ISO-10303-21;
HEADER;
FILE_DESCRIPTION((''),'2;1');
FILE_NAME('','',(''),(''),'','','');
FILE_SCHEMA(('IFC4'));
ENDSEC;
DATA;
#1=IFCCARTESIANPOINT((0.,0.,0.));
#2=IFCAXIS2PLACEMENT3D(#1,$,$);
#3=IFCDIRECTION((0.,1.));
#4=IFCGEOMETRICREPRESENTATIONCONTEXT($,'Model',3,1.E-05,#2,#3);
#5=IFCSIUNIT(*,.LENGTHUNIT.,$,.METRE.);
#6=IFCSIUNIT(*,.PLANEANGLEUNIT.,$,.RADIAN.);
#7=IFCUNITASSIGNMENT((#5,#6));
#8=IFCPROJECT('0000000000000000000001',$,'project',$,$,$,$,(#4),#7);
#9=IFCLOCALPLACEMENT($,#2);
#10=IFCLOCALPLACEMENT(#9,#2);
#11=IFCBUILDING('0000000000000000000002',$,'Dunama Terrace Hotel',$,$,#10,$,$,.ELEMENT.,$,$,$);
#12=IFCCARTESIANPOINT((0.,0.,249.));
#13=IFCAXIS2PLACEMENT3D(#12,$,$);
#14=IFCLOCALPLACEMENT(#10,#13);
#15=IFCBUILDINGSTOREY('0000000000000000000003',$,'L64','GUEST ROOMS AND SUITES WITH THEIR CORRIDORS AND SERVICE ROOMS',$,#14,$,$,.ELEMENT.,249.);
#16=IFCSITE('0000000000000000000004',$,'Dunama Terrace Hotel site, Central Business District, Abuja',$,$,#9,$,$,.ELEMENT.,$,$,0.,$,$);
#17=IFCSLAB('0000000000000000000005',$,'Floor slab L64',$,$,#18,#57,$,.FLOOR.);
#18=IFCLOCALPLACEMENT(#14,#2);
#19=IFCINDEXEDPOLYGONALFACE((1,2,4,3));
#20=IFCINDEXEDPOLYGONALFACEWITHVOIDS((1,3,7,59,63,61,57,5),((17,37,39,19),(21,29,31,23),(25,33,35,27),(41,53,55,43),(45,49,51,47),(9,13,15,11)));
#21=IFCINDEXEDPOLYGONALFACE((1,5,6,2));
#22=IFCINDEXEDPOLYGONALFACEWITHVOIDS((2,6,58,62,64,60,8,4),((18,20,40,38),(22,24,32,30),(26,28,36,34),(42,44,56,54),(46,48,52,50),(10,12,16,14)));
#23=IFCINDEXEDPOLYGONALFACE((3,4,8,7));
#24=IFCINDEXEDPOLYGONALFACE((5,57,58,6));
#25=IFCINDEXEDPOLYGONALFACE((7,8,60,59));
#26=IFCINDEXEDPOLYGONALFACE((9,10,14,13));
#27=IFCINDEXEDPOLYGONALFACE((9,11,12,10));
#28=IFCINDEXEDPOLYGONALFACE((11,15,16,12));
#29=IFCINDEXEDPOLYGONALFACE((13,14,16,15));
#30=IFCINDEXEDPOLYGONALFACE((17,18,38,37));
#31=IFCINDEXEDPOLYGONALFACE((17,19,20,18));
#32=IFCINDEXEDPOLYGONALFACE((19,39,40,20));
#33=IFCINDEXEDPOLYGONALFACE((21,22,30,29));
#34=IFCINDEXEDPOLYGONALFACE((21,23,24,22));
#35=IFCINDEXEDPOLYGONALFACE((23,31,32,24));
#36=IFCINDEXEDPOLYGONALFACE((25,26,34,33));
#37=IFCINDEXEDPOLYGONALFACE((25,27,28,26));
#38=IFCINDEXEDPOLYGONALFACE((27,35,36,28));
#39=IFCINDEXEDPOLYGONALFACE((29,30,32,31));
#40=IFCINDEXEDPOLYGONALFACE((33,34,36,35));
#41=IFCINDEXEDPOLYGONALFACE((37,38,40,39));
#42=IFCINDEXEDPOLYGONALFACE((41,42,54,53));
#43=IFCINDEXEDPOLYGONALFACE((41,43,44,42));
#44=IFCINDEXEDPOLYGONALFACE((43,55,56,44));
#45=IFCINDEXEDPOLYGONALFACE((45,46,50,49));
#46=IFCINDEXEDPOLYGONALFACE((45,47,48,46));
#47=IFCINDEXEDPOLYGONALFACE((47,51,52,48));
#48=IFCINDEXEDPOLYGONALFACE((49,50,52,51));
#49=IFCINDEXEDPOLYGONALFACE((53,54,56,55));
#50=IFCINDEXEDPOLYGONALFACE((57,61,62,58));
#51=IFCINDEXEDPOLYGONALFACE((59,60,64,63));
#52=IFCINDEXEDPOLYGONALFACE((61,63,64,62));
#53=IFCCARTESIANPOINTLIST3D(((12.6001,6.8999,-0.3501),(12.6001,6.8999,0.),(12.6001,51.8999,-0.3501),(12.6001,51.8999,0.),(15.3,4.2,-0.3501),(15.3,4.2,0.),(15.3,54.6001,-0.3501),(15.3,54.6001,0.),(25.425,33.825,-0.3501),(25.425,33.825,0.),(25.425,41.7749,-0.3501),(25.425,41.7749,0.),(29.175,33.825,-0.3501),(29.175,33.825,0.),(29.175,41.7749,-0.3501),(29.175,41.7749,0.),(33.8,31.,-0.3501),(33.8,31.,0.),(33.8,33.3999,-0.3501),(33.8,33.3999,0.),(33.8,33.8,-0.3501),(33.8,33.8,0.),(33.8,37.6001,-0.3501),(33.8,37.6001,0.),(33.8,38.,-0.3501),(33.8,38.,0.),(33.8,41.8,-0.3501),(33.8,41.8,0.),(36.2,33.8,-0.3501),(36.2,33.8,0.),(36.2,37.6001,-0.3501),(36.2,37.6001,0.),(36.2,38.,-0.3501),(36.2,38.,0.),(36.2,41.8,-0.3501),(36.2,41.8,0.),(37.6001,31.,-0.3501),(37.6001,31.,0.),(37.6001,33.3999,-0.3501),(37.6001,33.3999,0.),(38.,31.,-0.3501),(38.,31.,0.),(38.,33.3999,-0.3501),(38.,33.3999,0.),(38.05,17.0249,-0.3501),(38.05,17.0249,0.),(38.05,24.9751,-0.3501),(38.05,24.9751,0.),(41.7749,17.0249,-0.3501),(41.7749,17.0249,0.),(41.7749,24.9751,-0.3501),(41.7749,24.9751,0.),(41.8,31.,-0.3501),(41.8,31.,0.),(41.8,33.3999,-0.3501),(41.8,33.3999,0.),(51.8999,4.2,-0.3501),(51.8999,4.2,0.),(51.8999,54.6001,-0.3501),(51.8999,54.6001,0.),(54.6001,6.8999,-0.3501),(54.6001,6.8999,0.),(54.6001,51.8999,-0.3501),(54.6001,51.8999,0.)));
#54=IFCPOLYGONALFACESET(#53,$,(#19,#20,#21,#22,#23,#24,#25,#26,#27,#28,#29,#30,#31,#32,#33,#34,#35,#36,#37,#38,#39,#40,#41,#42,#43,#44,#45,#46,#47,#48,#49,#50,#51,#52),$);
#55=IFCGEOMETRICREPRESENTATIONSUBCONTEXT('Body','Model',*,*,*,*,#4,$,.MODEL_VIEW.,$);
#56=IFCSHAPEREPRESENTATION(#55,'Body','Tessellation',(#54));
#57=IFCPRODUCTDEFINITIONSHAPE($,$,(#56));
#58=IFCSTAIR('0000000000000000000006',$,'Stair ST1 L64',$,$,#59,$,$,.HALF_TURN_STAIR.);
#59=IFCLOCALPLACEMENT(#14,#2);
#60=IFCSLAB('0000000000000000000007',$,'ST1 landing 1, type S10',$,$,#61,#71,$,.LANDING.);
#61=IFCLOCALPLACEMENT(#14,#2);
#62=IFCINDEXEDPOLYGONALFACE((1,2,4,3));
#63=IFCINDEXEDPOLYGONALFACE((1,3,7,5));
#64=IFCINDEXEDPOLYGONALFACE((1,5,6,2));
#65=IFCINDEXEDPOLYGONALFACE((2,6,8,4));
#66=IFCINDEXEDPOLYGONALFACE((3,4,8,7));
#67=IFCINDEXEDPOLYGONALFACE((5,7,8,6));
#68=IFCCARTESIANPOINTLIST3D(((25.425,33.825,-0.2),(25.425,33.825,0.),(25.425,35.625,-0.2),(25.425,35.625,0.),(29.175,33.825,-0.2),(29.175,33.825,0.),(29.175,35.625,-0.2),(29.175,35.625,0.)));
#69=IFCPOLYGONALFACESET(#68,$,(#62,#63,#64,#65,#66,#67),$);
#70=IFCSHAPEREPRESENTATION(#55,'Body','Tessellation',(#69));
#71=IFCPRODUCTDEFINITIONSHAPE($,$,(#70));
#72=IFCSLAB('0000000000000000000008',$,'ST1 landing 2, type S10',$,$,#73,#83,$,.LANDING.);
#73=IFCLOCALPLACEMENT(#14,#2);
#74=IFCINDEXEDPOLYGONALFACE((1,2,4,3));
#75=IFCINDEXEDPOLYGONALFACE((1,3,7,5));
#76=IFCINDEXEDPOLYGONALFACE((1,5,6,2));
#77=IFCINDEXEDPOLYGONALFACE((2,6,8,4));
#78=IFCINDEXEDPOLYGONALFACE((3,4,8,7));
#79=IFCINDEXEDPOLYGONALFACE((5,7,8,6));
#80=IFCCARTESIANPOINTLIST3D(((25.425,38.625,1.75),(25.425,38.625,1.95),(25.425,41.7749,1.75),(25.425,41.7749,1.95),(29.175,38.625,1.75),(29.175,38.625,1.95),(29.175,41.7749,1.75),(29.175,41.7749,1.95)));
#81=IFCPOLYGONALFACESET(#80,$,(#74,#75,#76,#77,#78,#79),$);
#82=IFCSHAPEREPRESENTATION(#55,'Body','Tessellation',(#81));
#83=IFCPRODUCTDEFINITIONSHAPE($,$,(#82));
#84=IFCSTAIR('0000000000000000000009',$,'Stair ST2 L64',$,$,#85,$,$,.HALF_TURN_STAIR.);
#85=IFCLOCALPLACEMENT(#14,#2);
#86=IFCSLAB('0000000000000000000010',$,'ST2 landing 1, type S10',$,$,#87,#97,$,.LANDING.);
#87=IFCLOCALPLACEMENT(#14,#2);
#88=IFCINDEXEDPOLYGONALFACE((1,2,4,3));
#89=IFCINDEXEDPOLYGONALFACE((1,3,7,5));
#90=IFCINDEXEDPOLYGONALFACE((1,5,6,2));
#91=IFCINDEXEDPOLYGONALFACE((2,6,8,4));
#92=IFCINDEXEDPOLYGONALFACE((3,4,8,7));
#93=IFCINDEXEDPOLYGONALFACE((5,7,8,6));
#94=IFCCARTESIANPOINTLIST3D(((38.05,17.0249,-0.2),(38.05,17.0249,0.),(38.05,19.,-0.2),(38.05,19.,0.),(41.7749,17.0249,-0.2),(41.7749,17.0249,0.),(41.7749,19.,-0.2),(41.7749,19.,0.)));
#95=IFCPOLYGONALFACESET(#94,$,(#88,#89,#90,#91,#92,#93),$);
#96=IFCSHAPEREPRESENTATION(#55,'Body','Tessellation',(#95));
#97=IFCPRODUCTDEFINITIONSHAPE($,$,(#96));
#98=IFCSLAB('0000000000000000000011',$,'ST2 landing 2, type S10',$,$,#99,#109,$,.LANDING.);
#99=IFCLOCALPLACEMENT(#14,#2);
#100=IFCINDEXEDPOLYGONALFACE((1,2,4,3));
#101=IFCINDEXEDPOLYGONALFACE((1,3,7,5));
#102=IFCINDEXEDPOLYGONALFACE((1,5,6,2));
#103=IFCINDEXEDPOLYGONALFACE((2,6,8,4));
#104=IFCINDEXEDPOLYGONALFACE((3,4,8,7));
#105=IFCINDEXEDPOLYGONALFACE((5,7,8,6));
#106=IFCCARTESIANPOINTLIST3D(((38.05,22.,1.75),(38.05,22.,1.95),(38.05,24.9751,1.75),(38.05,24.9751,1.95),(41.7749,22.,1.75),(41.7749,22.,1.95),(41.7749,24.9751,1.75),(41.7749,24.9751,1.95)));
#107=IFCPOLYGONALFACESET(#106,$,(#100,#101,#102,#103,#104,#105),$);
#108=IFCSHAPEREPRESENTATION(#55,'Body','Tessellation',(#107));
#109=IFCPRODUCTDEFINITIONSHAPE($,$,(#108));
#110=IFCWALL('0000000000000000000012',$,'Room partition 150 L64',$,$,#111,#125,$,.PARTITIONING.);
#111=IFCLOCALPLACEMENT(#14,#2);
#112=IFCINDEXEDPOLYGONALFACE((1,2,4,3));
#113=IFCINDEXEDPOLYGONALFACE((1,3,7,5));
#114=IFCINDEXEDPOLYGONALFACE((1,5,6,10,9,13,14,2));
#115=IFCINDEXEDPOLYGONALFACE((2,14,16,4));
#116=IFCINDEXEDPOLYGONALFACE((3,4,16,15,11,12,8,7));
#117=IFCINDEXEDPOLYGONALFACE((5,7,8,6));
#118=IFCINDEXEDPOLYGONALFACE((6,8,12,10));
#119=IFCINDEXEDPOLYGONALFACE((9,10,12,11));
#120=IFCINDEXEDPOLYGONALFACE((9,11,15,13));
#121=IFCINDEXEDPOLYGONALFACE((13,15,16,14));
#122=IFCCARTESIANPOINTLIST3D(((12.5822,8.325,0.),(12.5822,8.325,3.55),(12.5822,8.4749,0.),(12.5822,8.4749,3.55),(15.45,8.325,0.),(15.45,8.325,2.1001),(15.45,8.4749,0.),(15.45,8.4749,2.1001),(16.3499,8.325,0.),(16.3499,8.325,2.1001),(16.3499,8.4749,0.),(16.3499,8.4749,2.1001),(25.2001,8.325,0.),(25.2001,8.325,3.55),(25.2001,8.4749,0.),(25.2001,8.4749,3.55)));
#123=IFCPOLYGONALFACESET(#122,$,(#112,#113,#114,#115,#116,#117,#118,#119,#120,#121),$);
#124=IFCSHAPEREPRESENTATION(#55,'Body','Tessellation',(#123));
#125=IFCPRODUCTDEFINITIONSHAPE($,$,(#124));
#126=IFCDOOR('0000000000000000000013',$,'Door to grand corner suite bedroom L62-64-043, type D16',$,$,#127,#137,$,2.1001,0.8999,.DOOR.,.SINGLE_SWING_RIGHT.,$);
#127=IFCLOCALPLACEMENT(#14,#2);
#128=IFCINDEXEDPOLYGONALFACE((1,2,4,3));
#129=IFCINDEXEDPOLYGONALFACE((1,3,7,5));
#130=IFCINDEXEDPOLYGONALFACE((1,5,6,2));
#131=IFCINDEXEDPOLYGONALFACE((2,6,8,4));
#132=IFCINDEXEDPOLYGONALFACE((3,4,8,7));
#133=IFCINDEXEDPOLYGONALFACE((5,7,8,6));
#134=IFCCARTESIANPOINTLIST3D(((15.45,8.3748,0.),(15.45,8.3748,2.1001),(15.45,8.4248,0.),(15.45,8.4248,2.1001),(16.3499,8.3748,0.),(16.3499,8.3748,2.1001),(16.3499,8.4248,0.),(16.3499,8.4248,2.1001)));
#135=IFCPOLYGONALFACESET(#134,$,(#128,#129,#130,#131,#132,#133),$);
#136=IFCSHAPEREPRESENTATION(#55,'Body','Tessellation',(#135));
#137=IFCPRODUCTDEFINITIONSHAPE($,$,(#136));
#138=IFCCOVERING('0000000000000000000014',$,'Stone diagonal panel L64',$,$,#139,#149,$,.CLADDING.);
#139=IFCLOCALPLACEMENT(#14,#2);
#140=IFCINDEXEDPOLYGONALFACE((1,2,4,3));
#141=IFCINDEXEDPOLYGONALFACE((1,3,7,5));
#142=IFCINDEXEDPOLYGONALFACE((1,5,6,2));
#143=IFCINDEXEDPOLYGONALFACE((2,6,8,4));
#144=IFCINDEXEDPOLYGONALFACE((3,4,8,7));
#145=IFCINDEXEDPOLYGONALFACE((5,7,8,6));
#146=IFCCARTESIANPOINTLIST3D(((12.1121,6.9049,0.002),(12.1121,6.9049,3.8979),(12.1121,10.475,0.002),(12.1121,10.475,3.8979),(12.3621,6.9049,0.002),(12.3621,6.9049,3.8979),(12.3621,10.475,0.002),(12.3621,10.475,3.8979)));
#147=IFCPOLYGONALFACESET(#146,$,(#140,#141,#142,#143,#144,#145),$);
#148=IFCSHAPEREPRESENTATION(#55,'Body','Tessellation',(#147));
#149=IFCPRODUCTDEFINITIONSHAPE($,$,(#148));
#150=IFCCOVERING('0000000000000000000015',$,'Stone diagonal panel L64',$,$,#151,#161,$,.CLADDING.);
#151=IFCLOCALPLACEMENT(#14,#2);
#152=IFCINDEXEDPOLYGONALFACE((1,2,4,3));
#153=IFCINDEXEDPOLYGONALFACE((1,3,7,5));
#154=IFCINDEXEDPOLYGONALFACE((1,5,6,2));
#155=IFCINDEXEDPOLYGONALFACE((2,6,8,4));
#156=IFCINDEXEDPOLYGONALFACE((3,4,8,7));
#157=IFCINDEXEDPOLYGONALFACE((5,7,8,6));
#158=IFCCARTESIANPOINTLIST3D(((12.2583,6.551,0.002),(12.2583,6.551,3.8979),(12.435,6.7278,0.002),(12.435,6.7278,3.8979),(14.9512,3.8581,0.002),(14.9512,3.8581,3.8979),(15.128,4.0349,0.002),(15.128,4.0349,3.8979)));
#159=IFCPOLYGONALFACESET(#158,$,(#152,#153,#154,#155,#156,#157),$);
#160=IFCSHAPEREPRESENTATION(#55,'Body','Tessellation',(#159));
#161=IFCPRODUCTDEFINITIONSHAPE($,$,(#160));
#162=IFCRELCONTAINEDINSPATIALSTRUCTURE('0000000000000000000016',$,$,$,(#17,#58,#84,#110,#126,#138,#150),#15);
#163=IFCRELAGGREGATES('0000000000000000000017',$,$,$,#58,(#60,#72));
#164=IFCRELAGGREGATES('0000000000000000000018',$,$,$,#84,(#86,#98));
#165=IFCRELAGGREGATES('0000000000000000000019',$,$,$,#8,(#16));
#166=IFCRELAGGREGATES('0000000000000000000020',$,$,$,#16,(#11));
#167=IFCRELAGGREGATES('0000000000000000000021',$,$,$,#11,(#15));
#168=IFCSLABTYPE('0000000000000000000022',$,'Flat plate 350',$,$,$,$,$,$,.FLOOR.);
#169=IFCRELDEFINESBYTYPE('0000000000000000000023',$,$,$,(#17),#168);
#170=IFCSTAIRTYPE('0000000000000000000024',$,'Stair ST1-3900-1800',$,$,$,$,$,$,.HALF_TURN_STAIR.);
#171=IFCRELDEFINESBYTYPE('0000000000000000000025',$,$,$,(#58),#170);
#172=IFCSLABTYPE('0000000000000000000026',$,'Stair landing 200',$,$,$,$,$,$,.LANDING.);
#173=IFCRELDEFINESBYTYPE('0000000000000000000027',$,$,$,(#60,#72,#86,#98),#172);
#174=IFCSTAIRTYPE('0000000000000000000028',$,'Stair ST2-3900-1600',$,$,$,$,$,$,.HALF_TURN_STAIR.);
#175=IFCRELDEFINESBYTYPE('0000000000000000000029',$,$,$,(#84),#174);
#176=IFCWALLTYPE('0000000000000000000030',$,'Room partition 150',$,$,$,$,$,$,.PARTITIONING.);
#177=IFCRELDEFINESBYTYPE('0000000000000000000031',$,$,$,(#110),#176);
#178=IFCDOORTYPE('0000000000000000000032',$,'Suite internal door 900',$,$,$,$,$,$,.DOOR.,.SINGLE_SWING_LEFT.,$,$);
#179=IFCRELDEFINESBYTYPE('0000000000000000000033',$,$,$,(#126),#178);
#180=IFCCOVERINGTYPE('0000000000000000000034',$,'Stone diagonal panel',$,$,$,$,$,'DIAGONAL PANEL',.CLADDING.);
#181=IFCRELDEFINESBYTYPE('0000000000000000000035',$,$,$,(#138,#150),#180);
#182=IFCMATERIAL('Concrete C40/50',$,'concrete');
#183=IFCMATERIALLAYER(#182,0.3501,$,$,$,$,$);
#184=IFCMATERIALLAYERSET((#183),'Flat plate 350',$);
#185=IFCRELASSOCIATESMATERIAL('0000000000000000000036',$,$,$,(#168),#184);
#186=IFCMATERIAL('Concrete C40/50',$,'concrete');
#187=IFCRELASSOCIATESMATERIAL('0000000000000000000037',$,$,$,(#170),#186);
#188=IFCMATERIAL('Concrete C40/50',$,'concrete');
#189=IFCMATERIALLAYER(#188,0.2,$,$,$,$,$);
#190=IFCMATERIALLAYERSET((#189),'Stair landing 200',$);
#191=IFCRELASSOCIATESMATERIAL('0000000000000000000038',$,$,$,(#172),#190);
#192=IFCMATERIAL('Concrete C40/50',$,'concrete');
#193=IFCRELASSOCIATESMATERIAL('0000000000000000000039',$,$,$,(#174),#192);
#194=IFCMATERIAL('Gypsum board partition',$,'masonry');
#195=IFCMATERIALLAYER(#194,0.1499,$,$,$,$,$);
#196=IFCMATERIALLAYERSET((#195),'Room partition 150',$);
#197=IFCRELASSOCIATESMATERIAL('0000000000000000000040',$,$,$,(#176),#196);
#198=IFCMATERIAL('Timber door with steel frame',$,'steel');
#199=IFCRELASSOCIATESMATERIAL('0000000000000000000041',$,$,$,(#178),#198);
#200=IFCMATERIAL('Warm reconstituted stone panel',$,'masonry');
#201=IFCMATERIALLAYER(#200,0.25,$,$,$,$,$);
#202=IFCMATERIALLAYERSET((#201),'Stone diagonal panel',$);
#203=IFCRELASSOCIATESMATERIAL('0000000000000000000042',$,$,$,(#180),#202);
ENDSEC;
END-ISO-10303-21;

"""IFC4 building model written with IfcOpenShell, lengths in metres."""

from ifc_helpers import new_model, si_unit, direction, frame, frame_2d, origin, origin_2d, place, context, subcontext, project, spatial, polyline, rectangle, outline, extrude, material, layer, layer_set, type_object, element, fill, aggregate, save


model = new_model("IFC4")

# Units and contexts
model_context = context("Model", 3, precision=1e-05, world=origin(), true_north=direction((0.0, 1.0)))
body_context = subcontext(model_context, "Body", "Model", "MODEL_VIEW")
ifc_project = project(units=[si_unit("LENGTHUNIT", "METRE"), si_unit("PLANEANGLEUNIT", "RADIAN")], contexts=[model_context])

# Site, building, storey
site_placement = place(None, origin())
site = spatial("IfcSite", under=ifc_project, at=site_placement, Name="Dunama Terrace Hotel site, Central Business District, Abuja", CompositionType="ELEMENT", RefElevation=0.0)
building_placement = place(site_placement, origin())
building = spatial("IfcBuilding", under=site, at=building_placement, Name="Dunama Terrace Hotel", CompositionType="ELEMENT")
storey_placement = place(building_placement, frame((0.0, 0.0, 249.0)))
storey = spatial("IfcBuildingStorey", under=building, at=storey_placement, Name="L64", Description="GUEST ROOMS AND SUITES WITH THEIR CORRIDORS AND SERVICE ROOMS", CompositionType="ELEMENT", Elevation=249.0)

# Slab
ifc_material_1 = material(Name="Concrete C40/50", Category="concrete")
ifc_layer_1 = layer(ifc_material_1, 0.3501)
ifc_layer_set_1 = layer_set([ifc_layer_1], Name="Flat plate 350")
slab_type_1 = type_object("IfcSlabType", Name="Flat plate 350", PredefinedType="FLOOR", material=ifc_layer_set_1)
slab_1_placement = place(storey_placement, frame((0.0, 0.0, -0.3501)))
element("IfcSlab", 1, at=slab_1_placement, inside=storey, type_object=slab_type_1, Name="Floor slab L64", PredefinedType="FLOOR", context=body_context, shape_type="SweptSolid", body=[
    extrude(outline(polyline([(15.3, 4.2), (51.8999, 4.2), (54.6001, 6.8999), (54.6001, 51.8999), (51.8999, 54.6001), (15.3, 54.6001), (12.6001, 51.8999), (12.6001, 6.8999), (15.3, 4.2)]), holes=[polyline([(37.6001, 31.0), (37.6001, 33.3999), (33.8, 33.3999), (33.8, 31.0), (37.6001, 31.0)]), polyline([(41.8, 31.0), (41.8, 33.3999), (38.0, 33.3999), (38.0, 31.0), (41.8, 31.0)]), polyline([(36.2, 38.0), (36.2, 41.8), (33.8, 41.8), (33.8, 38.0), (36.2, 38.0)]), polyline([(36.2, 33.8), (36.2, 37.6001), (33.8, 37.6001), (33.8, 33.8), (36.2, 33.8)]), polyline([(29.175, 33.825), (29.175, 41.7749), (25.425, 41.7749), (25.425, 33.825), (29.175, 33.825)]), polyline([(41.7749, 17.0249), (41.7749, 24.9751), (38.05, 24.9751), (38.05, 17.0249), (41.7749, 17.0249)])]), origin(), (0.0, 0.0, 1.0), 0.3501),
])

# Stairs, slabs
ifc_material_2 = material(Name="Concrete C40/50", Category="concrete")
stair_type_1 = type_object("IfcStairType", Name="Stair ST1-3900-1800", PredefinedType="HALF_TURN_STAIR", material=ifc_material_2)
stair_1_placement = place(storey_placement, origin())
stair_1 = element("IfcStair", 2, at=stair_1_placement, inside=storey, type_object=stair_type_1, Name="Stair ST1 L64", PredefinedType="HALF_TURN_STAIR")
ifc_material_3 = material(Name="Concrete C40/50", Category="concrete")
ifc_layer_2 = layer(ifc_material_3, 0.2)
ifc_layer_set_2 = layer_set([ifc_layer_2], Name="Stair landing 200")
slab_type_2 = type_object("IfcSlabType", Name="Stair landing 200", PredefinedType="LANDING", material=ifc_layer_set_2)
slab_2_placement = place(storey_placement, frame((0.0, 0.0, -0.2)))
slab_2 = element("IfcSlab", 3, at=slab_2_placement, type_object=slab_type_2, Name="ST1 landing 1, type S10", PredefinedType="LANDING", context=body_context, shape_type="SweptSolid", body=[
    extrude(outline(polyline([(25.425, 33.825), (29.175, 33.825), (29.175, 35.625), (25.425, 35.625), (25.425, 33.825)])), origin(), (0.0, 0.0, 1.0), 0.2),
])
slab_3_placement = place(storey_placement, frame((0.0, 0.0, 1.75)))
slab_3 = element("IfcSlab", 4, at=slab_3_placement, type_object=slab_type_2, Name="ST1 landing 2, type S10", PredefinedType="LANDING", context=body_context, shape_type="SweptSolid", body=[
    extrude(outline(polyline([(25.425, 38.625), (29.175, 38.625), (29.175, 41.7749), (25.425, 41.7749), (25.425, 38.625)])), origin(), (0.0, 0.0, 1.0), 0.2),
])
aggregate(stair_1, [slab_2, slab_3])
ifc_material_4 = material(Name="Concrete C40/50", Category="concrete")
stair_type_2 = type_object("IfcStairType", Name="Stair ST2-3900-1600", PredefinedType="HALF_TURN_STAIR", material=ifc_material_4)
stair_2_placement = place(storey_placement, origin())
stair_2 = element("IfcStair", 5, at=stair_2_placement, inside=storey, type_object=stair_type_2, Name="Stair ST2 L64", PredefinedType="HALF_TURN_STAIR")
slab_4_placement = place(storey_placement, frame((0.0, 0.0, -0.2)))
slab_4 = element("IfcSlab", 6, at=slab_4_placement, type_object=slab_type_2, Name="ST2 landing 1, type S10", PredefinedType="LANDING", context=body_context, shape_type="SweptSolid", body=[
    extrude(outline(polyline([(38.05, 17.0249), (41.7749, 17.0249), (41.7749, 19.0), (38.05, 19.0), (38.05, 17.0249)])), origin(), (0.0, 0.0, 1.0), 0.2),
])
slab_5_placement = place(storey_placement, frame((0.0, 0.0, 1.75)))
slab_5 = element("IfcSlab", 7, at=slab_5_placement, type_object=slab_type_2, Name="ST2 landing 2, type S10", PredefinedType="LANDING", context=body_context, shape_type="SweptSolid", body=[
    extrude(outline(polyline([(38.05, 22.0), (41.7749, 22.0), (41.7749, 24.9751), (38.05, 24.9751), (38.05, 22.0)])), origin(), (0.0, 0.0, 1.0), 0.2),
])
aggregate(stair_2, [slab_4, slab_5])

# Wall, opening, door
ifc_material_5 = material(Name="Gypsum board partition", Category="masonry")
ifc_layer_3 = layer(ifc_material_5, 0.1499)
ifc_layer_set_3 = layer_set([ifc_layer_3], Name="Room partition 150")
wall_type = type_object("IfcWallType", Name="Room partition 150", PredefinedType="PARTITIONING", material=ifc_layer_set_3)
wall_placement = place(storey_placement, frame((12.582, 8.3999, 0.0), z_axis=(0.0, 0.0, 1.0), x_axis=(1.0, 0.0, 0.0)))
wall = element("IfcWall", 8, at=wall_placement, inside=storey, type_object=wall_type, Name="Room partition 150 L64", PredefinedType="PARTITIONING", context=body_context, shape_type="SweptSolid", body=[
    extrude(rectangle(XDim=12.6179, YDim=0.1499, at=frame_2d((6.3091, 0.0))), origin(), (0.0, 0.0, 1.0), 3.55),
])
opening_placement = place(wall_placement, frame((2.8679, 0.0, 0.0)))
opening = element("IfcOpeningElement", 9, at=opening_placement, cuts=wall, PredefinedType="OPENING", context=body_context, shape_type="SweptSolid", body=[
    extrude(rectangle(XDim=0.8999, YDim=2.1001, at=frame_2d((0.45, 1.05))), frame((0.0, 0.085, 0.0), z_axis=(0.0, -1.0, 0.0), x_axis=(1.0, 0.0, 0.0)), (0.0, 0.0, 1.0), 0.1699),
])
ifc_material_6 = material(Name="Timber door with steel frame", Category="steel")
door_type = type_object("IfcDoorType", Name="Suite internal door 900", OperationType="SINGLE_SWING_LEFT", PredefinedType="DOOR", material=ifc_material_6)
door_placement = place(opening_placement, frame((0.8999, 0.0, 0.0), z_axis=(0.0, 0.0, 1.0), x_axis=(-1.0, 0.0, 0.0)))
door = element("IfcDoor", 10, at=door_placement, inside=storey, type_object=door_type, Name="Door to grand corner suite bedroom L62-64-043, type D16", OperationType="SINGLE_SWING_RIGHT", OverallHeight=2.1001, OverallWidth=0.8999, PredefinedType="DOOR", context=body_context, shape_type="SweptSolid", body=[
    extrude(rectangle(XDim=0.8999, YDim=2.1001, at=frame_2d((0.45, 1.05))), frame((0.0, 0.0251, 0.0), z_axis=(0.0, -1.0, 0.0), x_axis=(1.0, 0.0, 0.0)), (0.0, 0.0, 1.0), 0.05),
])
fill(opening, door)

# Coverings
ifc_material_7 = material(Name="Warm reconstituted stone panel", Category="masonry")
ifc_layer_4 = layer(ifc_material_7, 0.25)
ifc_layer_set_4 = layer_set([ifc_layer_4], Name="Stone diagonal panel")
covering_type = type_object("IfcCoveringType", Name="Stone diagonal panel", ElementType="DIAGONAL PANEL", PredefinedType="CLADDING", material=ifc_layer_set_4)
covering_1_placement = place(storey_placement, frame((12.2371, 8.6899, 0.002), z_axis=(0.0, 0.0, 1.0), x_axis=(0.0, -1.0, 0.0)))
element("IfcCovering", 11, at=covering_1_placement, inside=storey, type_object=covering_type, Name="Stone diagonal panel L64", PredefinedType="CLADDING", context=body_context, shape_type="SweptSolid", body=[
    extrude(rectangle(XDim=3.5701, YDim=0.25, at=origin_2d()), origin(), (0.0, 0.0, 1.0), 3.896),
])
covering_2_placement = place(storey_placement, frame((13.6931, 5.293, 0.002), z_axis=(0.0, 0.0, 1.0), x_axis=(0.707107, -0.707107, 0.0)))
element("IfcCovering", 12, at=covering_2_placement, inside=storey, type_object=covering_type, Name="Stone diagonal panel L64", PredefinedType="CLADDING", context=body_context, shape_type="SweptSolid", body=[
    extrude(rectangle(XDim=3.8083, YDim=0.25, at=origin_2d()), origin(), (0.0, 0.0, 1.0), 3.896),
])

save(model, "model.ifc")
